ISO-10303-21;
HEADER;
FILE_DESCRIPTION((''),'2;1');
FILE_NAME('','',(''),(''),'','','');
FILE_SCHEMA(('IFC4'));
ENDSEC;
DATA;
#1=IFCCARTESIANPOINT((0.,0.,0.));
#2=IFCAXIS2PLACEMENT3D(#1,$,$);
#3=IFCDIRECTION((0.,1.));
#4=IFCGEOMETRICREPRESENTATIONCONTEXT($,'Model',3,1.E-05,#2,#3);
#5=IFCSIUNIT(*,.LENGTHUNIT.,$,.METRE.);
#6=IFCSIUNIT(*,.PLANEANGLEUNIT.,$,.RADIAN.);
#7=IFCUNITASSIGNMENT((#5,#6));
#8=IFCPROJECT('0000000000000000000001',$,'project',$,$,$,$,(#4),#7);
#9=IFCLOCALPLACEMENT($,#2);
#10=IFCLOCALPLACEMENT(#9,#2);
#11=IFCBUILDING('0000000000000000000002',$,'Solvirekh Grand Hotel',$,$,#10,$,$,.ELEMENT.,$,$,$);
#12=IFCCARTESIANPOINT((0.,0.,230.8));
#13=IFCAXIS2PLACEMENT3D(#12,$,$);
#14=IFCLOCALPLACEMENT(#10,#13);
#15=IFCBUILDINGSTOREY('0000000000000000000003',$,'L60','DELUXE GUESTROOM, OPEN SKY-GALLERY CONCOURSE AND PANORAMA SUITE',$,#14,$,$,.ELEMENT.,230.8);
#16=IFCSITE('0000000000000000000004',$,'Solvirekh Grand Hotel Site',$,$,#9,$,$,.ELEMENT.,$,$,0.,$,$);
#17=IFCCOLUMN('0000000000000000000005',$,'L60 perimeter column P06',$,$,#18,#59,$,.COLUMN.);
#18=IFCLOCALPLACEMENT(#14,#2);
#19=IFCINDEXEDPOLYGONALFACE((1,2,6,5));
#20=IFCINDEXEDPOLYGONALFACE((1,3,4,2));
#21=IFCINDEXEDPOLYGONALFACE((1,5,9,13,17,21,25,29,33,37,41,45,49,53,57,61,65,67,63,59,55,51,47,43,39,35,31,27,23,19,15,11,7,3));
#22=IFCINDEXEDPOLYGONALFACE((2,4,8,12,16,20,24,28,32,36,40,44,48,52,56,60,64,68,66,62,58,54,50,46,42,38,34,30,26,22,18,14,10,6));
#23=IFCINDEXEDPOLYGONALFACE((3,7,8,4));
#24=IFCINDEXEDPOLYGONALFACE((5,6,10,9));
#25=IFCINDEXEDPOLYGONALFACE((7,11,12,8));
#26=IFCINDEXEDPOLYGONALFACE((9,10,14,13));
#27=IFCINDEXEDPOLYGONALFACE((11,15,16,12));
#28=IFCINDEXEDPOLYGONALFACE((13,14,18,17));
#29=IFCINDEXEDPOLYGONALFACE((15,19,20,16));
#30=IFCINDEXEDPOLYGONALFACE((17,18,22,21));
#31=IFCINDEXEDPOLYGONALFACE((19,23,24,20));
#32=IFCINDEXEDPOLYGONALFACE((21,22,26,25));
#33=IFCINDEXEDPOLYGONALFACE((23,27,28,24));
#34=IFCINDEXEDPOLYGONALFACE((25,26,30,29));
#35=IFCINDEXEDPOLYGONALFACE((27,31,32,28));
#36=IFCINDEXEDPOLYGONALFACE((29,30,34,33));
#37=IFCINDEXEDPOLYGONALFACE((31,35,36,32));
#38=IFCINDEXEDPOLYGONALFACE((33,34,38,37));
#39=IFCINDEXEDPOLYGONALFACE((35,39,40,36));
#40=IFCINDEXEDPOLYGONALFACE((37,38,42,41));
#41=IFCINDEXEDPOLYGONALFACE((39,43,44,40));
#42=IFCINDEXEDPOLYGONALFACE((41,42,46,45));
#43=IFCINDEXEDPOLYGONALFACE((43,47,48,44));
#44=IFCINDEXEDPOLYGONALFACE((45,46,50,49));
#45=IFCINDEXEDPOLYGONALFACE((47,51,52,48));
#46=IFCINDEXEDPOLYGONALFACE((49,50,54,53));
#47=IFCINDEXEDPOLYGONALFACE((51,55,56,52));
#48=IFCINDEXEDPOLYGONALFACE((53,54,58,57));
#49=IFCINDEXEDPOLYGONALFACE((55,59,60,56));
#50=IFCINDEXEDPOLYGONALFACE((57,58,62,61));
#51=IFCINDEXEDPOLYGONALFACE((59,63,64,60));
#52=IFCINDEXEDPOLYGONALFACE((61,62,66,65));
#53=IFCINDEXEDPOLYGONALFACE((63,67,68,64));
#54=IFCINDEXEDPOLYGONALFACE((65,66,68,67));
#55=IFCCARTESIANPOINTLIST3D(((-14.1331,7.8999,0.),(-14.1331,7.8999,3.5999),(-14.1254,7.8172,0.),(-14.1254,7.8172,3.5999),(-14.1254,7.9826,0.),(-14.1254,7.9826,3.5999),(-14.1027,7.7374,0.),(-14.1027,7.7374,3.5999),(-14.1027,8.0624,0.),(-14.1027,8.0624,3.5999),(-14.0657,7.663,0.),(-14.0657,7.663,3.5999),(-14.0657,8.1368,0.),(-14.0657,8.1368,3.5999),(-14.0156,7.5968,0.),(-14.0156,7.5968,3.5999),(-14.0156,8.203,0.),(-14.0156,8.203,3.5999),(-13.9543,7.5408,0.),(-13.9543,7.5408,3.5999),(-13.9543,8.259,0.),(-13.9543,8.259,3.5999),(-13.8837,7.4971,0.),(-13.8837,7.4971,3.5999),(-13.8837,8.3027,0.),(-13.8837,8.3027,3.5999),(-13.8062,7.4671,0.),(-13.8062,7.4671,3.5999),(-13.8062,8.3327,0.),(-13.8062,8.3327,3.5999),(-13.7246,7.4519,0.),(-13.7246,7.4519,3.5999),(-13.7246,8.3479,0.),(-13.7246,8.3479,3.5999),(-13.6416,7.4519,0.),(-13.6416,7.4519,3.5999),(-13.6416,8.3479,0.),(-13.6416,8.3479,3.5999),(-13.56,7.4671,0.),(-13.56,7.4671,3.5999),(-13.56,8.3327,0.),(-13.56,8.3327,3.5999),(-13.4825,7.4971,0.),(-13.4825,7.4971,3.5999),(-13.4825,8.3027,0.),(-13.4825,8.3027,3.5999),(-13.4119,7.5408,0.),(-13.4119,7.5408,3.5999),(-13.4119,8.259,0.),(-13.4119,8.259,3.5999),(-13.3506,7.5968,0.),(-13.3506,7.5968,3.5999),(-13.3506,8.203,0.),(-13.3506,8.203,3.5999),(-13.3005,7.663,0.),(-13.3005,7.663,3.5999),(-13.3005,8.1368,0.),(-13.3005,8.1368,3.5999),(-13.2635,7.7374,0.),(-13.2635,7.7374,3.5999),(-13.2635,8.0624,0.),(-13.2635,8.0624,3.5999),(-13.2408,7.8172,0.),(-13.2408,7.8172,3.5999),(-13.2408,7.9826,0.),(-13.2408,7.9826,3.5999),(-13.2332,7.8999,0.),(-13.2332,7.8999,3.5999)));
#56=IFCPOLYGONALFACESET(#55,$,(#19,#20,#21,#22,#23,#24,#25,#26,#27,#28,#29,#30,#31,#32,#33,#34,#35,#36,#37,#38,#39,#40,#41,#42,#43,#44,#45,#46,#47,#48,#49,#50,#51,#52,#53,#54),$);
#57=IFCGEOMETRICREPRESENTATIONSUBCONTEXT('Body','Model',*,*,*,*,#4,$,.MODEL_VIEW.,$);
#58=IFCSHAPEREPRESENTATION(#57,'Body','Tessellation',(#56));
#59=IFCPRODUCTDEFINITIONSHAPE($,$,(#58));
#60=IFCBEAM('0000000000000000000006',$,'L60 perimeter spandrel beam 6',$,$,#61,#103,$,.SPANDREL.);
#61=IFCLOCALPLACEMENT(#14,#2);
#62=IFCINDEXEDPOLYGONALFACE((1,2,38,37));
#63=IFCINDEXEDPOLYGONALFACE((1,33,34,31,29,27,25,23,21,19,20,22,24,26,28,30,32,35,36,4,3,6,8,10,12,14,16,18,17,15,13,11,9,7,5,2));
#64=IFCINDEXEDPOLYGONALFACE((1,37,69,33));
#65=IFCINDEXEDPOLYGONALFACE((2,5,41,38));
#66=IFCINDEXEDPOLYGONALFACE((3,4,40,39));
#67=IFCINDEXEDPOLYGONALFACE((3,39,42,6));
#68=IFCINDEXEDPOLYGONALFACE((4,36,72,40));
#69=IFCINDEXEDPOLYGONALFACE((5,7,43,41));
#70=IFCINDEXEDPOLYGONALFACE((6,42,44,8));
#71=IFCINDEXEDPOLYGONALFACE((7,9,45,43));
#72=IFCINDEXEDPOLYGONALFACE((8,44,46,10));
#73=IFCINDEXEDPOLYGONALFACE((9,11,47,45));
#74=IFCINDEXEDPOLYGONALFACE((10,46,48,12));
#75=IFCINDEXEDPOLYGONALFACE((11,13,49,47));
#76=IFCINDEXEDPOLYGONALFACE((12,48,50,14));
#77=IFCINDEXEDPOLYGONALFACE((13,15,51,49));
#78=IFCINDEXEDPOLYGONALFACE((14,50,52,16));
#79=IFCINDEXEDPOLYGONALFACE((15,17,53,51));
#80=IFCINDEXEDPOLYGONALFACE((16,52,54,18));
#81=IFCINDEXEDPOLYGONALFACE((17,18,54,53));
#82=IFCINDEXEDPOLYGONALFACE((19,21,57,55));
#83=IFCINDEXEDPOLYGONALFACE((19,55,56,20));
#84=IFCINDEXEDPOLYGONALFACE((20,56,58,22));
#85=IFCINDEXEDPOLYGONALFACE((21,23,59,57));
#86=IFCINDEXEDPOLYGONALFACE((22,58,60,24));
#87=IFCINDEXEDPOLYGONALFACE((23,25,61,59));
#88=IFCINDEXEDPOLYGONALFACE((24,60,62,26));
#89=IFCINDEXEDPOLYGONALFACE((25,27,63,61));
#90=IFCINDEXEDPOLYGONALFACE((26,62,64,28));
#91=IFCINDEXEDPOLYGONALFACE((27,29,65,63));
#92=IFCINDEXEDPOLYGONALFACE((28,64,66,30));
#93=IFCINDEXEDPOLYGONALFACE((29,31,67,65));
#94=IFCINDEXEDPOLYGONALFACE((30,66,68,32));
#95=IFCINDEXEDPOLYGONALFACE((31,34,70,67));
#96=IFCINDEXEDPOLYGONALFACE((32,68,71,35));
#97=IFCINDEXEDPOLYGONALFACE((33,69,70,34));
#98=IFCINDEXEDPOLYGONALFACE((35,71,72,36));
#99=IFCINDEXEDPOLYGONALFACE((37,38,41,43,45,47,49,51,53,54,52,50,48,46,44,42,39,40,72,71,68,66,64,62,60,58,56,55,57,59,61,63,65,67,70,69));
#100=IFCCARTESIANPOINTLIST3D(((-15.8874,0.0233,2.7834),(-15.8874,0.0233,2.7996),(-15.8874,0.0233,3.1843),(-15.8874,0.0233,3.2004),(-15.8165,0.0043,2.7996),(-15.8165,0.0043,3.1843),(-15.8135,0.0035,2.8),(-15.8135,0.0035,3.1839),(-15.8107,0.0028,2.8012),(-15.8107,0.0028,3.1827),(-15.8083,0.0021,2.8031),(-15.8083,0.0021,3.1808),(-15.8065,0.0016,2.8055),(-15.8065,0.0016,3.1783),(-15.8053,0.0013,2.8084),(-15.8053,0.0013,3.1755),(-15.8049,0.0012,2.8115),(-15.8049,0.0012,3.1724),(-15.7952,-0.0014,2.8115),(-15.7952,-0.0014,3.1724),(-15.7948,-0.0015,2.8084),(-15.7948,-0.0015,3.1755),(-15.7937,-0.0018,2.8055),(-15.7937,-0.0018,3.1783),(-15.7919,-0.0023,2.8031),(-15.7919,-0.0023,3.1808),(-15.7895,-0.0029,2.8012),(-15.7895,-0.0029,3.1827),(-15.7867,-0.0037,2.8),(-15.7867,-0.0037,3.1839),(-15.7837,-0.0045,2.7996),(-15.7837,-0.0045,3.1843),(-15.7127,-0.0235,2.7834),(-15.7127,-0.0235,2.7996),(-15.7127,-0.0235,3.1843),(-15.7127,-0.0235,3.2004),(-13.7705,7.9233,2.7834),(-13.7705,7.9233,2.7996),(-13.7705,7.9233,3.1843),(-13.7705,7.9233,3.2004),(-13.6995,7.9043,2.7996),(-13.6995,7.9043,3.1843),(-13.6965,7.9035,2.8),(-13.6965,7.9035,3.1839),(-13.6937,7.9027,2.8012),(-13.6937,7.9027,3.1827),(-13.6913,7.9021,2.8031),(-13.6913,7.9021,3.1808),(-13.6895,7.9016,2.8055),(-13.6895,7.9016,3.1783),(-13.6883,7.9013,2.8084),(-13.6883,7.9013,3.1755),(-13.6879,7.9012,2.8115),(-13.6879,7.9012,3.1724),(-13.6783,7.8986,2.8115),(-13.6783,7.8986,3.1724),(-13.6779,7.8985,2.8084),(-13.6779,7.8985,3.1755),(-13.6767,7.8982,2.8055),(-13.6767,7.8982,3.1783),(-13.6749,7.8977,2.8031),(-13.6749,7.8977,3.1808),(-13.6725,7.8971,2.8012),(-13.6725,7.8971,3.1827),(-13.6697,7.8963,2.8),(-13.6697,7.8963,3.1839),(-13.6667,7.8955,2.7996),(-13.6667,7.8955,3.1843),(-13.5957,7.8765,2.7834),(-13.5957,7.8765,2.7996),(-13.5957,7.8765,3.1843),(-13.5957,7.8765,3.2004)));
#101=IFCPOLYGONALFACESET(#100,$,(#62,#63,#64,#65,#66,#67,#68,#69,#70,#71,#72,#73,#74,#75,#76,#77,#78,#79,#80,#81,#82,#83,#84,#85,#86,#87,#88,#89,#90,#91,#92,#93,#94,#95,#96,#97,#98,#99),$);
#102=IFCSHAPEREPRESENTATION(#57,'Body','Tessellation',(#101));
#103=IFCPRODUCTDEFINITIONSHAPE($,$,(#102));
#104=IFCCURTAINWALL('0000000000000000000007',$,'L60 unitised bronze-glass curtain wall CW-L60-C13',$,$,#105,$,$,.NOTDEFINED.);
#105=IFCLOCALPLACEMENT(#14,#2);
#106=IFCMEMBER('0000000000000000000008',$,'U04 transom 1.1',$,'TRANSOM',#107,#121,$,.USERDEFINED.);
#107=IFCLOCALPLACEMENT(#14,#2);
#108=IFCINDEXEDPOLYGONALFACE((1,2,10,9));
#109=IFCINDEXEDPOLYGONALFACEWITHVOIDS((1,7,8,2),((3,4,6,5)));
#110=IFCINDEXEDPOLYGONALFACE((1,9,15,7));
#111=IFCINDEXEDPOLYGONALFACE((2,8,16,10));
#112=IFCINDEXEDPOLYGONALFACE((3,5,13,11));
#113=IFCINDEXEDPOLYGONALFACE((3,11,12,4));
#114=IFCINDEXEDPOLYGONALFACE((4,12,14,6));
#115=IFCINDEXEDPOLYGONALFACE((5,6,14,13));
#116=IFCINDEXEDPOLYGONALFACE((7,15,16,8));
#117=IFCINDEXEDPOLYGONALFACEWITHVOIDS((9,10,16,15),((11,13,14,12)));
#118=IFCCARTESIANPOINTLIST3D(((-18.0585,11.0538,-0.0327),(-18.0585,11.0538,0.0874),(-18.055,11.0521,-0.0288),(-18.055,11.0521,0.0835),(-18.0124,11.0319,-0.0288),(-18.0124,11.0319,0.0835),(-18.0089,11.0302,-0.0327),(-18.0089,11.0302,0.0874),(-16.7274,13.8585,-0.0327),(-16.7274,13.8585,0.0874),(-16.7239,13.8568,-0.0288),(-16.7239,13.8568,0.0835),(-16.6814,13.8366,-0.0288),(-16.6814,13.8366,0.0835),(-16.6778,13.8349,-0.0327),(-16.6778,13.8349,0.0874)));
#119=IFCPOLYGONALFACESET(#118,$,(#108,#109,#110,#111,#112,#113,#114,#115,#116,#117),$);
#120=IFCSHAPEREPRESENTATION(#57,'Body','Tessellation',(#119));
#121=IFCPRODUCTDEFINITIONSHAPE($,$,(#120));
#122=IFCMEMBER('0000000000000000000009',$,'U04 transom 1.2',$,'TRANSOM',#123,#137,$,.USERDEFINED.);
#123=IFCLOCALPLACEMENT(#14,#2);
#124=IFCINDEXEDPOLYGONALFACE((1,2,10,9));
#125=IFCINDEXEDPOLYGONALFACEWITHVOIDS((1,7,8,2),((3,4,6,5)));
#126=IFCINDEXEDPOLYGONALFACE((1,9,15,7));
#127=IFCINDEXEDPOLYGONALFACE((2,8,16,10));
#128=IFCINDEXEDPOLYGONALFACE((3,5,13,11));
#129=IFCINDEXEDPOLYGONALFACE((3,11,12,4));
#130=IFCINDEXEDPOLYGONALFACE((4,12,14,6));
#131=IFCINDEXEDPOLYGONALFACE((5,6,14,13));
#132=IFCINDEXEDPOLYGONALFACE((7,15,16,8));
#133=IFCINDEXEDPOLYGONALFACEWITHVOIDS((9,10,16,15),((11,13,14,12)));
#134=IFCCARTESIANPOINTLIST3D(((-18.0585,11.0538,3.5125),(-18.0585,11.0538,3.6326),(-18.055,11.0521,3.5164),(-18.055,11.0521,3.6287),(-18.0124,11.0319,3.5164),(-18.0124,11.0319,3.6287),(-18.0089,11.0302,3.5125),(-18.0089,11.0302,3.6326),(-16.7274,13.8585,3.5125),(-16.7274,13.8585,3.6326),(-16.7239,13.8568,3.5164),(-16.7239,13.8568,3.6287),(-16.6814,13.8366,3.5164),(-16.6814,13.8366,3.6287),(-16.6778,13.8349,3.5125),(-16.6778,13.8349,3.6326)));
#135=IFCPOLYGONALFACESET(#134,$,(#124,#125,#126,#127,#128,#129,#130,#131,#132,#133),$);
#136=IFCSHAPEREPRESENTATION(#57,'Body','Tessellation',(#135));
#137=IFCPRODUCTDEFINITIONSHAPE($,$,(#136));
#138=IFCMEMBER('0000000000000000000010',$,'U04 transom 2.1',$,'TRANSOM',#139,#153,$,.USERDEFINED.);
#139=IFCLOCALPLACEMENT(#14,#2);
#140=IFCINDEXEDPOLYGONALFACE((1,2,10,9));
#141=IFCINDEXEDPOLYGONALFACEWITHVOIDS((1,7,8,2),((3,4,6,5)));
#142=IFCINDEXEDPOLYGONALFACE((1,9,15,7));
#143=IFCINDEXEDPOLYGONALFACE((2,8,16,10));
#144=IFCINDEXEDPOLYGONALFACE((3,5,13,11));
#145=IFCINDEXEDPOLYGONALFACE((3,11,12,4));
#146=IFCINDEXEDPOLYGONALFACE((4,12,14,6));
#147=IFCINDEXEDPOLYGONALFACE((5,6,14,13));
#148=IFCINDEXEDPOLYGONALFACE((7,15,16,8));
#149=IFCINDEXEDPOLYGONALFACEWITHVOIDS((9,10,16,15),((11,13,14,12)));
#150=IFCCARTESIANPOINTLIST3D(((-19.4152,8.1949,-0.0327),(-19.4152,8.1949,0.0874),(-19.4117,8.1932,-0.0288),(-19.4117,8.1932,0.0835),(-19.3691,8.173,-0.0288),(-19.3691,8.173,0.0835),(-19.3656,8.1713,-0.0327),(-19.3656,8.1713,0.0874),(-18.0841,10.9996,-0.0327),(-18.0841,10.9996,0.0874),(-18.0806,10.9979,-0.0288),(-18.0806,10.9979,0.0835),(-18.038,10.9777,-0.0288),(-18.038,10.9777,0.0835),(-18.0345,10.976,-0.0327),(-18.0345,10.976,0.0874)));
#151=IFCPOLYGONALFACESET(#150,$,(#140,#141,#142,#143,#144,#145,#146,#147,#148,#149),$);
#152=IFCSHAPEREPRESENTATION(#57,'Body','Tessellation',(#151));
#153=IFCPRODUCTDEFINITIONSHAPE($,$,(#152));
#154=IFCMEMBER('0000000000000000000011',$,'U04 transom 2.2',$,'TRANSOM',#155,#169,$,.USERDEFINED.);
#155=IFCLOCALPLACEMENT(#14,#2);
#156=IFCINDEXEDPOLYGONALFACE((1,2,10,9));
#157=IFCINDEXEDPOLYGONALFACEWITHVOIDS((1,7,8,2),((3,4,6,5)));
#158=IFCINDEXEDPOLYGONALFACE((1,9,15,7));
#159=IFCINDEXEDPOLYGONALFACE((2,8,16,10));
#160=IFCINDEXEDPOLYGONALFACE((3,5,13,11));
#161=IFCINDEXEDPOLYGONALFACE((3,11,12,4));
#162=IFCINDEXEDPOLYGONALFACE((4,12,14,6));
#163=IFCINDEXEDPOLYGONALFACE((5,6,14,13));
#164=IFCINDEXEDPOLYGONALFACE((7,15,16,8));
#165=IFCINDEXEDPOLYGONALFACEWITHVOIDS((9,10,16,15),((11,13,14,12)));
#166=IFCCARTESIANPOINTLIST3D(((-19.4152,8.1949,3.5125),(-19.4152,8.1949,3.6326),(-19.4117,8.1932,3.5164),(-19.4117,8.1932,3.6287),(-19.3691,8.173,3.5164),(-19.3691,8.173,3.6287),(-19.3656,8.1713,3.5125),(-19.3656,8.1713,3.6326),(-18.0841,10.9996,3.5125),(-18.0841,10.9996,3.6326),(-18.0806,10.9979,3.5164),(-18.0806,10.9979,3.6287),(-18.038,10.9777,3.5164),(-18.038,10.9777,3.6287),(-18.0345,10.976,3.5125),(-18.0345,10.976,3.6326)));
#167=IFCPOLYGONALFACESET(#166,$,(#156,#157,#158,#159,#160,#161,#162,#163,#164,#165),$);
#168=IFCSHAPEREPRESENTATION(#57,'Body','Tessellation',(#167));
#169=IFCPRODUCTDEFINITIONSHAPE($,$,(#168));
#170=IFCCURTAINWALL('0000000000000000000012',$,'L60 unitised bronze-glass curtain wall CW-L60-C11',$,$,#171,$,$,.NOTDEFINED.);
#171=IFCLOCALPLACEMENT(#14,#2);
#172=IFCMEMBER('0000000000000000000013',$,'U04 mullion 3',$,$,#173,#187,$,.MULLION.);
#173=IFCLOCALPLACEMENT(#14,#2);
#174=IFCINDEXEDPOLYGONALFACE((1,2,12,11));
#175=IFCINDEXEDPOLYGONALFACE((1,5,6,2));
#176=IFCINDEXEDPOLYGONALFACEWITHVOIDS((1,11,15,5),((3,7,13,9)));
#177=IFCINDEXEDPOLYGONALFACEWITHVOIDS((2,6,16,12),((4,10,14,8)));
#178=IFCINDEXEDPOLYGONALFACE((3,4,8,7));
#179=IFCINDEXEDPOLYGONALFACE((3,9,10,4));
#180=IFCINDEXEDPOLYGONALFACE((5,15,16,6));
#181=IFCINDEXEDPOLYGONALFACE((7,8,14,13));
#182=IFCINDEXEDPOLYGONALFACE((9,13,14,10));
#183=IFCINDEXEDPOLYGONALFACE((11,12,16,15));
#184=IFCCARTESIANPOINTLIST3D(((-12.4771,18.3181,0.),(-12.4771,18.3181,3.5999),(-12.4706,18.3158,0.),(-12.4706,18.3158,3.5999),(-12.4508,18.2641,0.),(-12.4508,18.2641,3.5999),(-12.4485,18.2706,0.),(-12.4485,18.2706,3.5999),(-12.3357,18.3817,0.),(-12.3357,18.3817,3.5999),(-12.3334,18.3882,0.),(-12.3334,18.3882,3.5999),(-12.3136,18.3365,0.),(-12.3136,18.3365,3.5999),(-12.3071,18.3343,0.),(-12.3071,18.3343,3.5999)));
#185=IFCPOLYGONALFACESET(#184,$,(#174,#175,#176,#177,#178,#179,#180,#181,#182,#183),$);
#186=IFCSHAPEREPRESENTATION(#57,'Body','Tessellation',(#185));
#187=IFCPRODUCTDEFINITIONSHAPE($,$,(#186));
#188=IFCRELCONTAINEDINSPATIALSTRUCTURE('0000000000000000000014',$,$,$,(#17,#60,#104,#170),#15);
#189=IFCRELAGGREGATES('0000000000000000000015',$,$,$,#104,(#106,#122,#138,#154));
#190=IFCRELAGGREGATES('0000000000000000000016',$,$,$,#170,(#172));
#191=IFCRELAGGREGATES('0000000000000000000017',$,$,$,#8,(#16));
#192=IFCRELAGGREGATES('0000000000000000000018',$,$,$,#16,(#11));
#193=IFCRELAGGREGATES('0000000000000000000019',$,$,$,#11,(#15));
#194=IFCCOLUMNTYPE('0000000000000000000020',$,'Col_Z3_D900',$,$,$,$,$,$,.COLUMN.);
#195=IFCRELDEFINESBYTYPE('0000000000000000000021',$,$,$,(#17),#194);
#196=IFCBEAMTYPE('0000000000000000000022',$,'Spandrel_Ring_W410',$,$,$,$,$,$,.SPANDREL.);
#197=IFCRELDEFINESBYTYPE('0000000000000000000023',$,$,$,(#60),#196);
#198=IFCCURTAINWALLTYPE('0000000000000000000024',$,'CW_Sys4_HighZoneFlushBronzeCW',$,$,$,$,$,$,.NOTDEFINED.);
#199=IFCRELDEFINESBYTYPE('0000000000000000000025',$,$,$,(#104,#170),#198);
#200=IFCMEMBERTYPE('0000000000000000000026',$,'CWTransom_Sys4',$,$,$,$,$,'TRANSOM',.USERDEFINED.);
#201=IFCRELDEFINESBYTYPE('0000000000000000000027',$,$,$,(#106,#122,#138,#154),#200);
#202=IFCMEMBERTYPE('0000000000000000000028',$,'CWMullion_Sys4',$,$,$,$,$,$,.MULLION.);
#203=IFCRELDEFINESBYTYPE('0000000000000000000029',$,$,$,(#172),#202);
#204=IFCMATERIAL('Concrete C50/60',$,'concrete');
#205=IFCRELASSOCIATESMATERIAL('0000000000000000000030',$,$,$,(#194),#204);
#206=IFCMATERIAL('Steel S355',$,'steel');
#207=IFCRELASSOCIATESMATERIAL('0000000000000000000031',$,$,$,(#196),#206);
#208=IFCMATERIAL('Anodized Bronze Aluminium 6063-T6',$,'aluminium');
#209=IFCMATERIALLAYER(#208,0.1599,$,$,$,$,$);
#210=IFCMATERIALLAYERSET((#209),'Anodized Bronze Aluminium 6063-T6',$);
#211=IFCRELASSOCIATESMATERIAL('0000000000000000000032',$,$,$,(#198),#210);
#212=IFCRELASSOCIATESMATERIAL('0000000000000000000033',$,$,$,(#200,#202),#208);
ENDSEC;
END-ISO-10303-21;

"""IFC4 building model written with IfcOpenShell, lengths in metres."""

from ifc_helpers import new_model, si_unit, direction, frame, origin, origin_2d, place, context, subcontext, project, spatial, hollow_rectangle, circle, i_section, extrude, source, transform, mapped, material, layer, layer_set, material_profile, profile_set, type_object, element, aggregate, save


model = new_model("IFC4")

# Units and contexts
model_context = context("Model", 3, precision=1e-05, world=origin(), true_north=direction((0.0, 1.0)))
body_context = subcontext(model_context, "Body", "Model", "MODEL_VIEW")
ifc_project = project(units=[si_unit("LENGTHUNIT", "METRE"), si_unit("PLANEANGLEUNIT", "RADIAN")], contexts=[model_context])

# Site, building, storey
site_placement = place(None, origin())
site = spatial("IfcSite", under=ifc_project, at=site_placement, Name="Solvirekh Grand Hotel Site", CompositionType="ELEMENT", RefElevation=0.0)
building_placement = place(site_placement, origin())
building = spatial("IfcBuilding", under=site, at=building_placement, Name="Solvirekh Grand Hotel", CompositionType="ELEMENT")
storey_placement = place(building_placement, frame((0.0, 0.0, 230.8)))
storey = spatial("IfcBuildingStorey", under=building, at=storey_placement, Name="L60", Description="DELUXE GUESTROOM, OPEN SKY-GALLERY CONCOURSE AND PANORAMA SUITE", CompositionType="ELEMENT", Elevation=230.8)

# Column
ifc_material_1 = material(Name="Concrete C50/60", Category="concrete")
ifc_material_profile_1 = material_profile(ifc_material_1, circle(Radius=0.45, at=origin_2d()), Name="RC CIRC D900")
ifc_profile_set_1 = profile_set([ifc_material_profile_1], Name="Concrete C50/60")
column_type = type_object("IfcColumnType", Name="Col_Z3_D900", PredefinedType="COLUMN", material=ifc_profile_set_1)
column_placement = place(storey_placement, frame((-13.6831, 7.8999, 0.0), z_axis=(0.0, 0.0, 1.0), x_axis=(1.0, 0.0, 0.0)))
element("IfcColumn", 1, at=column_placement, inside=storey, type_object=column_type, Name="L60 perimeter column P06", PredefinedType="COLUMN", context=body_context, shape_type="SweptSolid", body=[
    extrude(circle(Radius=0.45, at=origin_2d()), origin(), (0.0, 0.0, 1.0), 3.5999),
])

# Beam
ifc_material_2 = material(Name="Steel S355", Category="steel")
ifc_material_profile_2 = material_profile(ifc_material_2, i_section(OverallWidth=0.1809, OverallDepth=0.417, WebThickness=0.01, FlangeThickness=0.0161, FilletRadius=0.012, at=origin_2d()), Name="W410X85")
ifc_profile_set_2 = profile_set([ifc_material_profile_2], Name="Steel S355")
beam_type = type_object("IfcBeamType", Name="Spandrel_Ring_W410", PredefinedType="SPANDREL", material=ifc_profile_set_2)
beam_placement = place(storey_placement, frame((-13.6831, 7.8999, 2.9919), z_axis=(-0.258839, -0.965921, 0.0), x_axis=(0.965921, -0.258839, 0.0)))
element("IfcBeam", 2, at=beam_placement, inside=storey, type_object=beam_type, Name="L60 perimeter spandrel beam 6", PredefinedType="SPANDREL", context=body_context, shape_type="SweptSolid", body=[
    extrude(i_section(OverallWidth=0.1809, OverallDepth=0.417, WebThickness=0.01, FlangeThickness=0.0161, FilletRadius=0.012, at=origin_2d()), origin(), (0.0, 0.0, 1.0), 8.1787),
])

# Curtain wall, members
ifc_material_3 = material(Name="Anodized Bronze Aluminium 6063-T6", Category="aluminium")
ifc_layer_1 = layer(ifc_material_3, 0.1599)
ifc_layer_set_1 = layer_set([ifc_layer_1], Name="Anodized Bronze Aluminium 6063-T6")
curtain_wall_type = type_object("IfcCurtainWallType", Name="CW_Sys4_HighZoneFlushBronzeCW", PredefinedType="NOTDEFINED", material=ifc_layer_set_1)
curtain_wall_1_placement = place(storey_placement, origin())
curtain_wall_1 = element("IfcCurtainWall", 3, at=curtain_wall_1_placement, inside=storey, type_object=curtain_wall_type, Name="L60 unitised bronze-glass curtain wall CW-L60-C13", PredefinedType="NOTDEFINED")
ifc_material_profile_3 = material_profile(ifc_material_3, hollow_rectangle(XDim=0.0549, YDim=0.1201, WallThickness=0.0039, at=origin_2d()), Name="ALU RHS 120X55X4")
ifc_profile_set_3 = profile_set([ifc_material_profile_3], Name="Anodized Bronze Aluminium 6063-T6")
member_type_1 = type_object("IfcMemberType", Name="CWTransom_Sys4", ElementType="TRANSOM", PredefinedType="USERDEFINED", material=ifc_profile_set_3)
shared_shape_1 = source(origin(), body_context, "Body", "SweptSolid", [
    extrude(hollow_rectangle(XDim=0.0549, YDim=0.1201, WallThickness=0.0039, at=origin_2d()), origin(), (0.0, 0.0, 1.0), 3.1045),
])
member_1_placement = place(storey_placement, frame((-16.7026, 13.8467, 0.0273), z_axis=(-0.428749, -0.903424, 0.0), x_axis=(0.903424, -0.428749, 0.0)))
member_1 = element("IfcMember", 4, at=member_1_placement, type_object=member_type_1, Name="U04 transom 1.1", ObjectType="TRANSOM", PredefinedType="USERDEFINED", context=body_context, shape_type="MappedRepresentation", body=[
    mapped(shared_shape_1, transform((0.0, 0.0, 0.0), x_axis=(1.0, 0.0, 0.0), y_axis=(0.0, 1.0, 0.0), z_axis=(0.0, 0.0, 1.0), scale=1.0)),
])
member_2_placement = place(storey_placement, frame((-16.7026, 13.8467, 3.5725), z_axis=(-0.428749, -0.903424, 0.0), x_axis=(0.903424, -0.428749, 0.0)))
member_2 = element("IfcMember", 5, at=member_2_placement, type_object=member_type_1, Name="U04 transom 1.2", ObjectType="TRANSOM", PredefinedType="USERDEFINED", context=body_context, shape_type="MappedRepresentation", body=[
    mapped(shared_shape_1, transform((0.0, 0.0, 0.0), x_axis=(1.0, 0.0, 0.0), y_axis=(0.0, 1.0, 0.0), z_axis=(0.0, 0.0, 1.0), scale=1.0)),
])
member_3_placement = place(storey_placement, frame((-18.0593, 10.9878, 0.0273), z_axis=(-0.428749, -0.903424, 0.0), x_axis=(0.903424, -0.428749, 0.0)))
member_3 = element("IfcMember", 6, at=member_3_placement, type_object=member_type_1, Name="U04 transom 2.1", ObjectType="TRANSOM", PredefinedType="USERDEFINED", context=body_context, shape_type="MappedRepresentation", body=[
    mapped(shared_shape_1, transform((0.0, 0.0, 0.0), x_axis=(1.0, 0.0, 0.0), y_axis=(0.0, 1.0, 0.0), z_axis=(0.0, 0.0, 1.0), scale=1.0)),
])
member_4_placement = place(storey_placement, frame((-18.0593, 10.9878, 3.5725), z_axis=(-0.428749, -0.903424, 0.0), x_axis=(0.903424, -0.428749, 0.0)))
member_4 = element("IfcMember", 7, at=member_4_placement, type_object=member_type_1, Name="U04 transom 2.2", ObjectType="TRANSOM", PredefinedType="USERDEFINED", context=body_context, shape_type="MappedRepresentation", body=[
    mapped(shared_shape_1, transform((0.0, 0.0, 0.0), x_axis=(1.0, 0.0, 0.0), y_axis=(0.0, 1.0, 0.0), z_axis=(0.0, 0.0, 1.0), scale=1.0)),
])

# Curtain wall, member
curtain_wall_2_placement = place(storey_placement, origin())
curtain_wall_2 = element("IfcCurtainWall", 8, at=curtain_wall_2_placement, inside=storey, type_object=curtain_wall_type, Name="L60 unitised bronze-glass curtain wall CW-L60-C11", PredefinedType="NOTDEFINED")
ifc_material_profile_4 = material_profile(ifc_material_3, hollow_rectangle(XDim=0.0601, YDim=0.1599, WallThickness=0.0049, at=origin_2d()), Name="ALU RHS 160X60X5")
ifc_profile_set_4 = profile_set([ifc_material_profile_4], Name="Anodized Bronze Aluminium 6063-T6")
member_type_2 = type_object("IfcMemberType", Name="CWMullion_Sys4", PredefinedType="MULLION", material=ifc_profile_set_4)
shared_shape_2 = source(origin(), body_context, "Body", "SweptSolid", [
    extrude(hollow_rectangle(XDim=0.0601, YDim=0.1599, WallThickness=0.0049, at=origin_2d()), origin(), (0.0, 0.0, 1.0), 3.5999),
])
member_5_placement = place(storey_placement, frame((-12.3921, 18.3262, 0.0), z_axis=(0.0, 0.0, 1.0), x_axis=(0.438882, -0.898544, 0.0)))
member_5 = element("IfcMember", 9, at=member_5_placement, type_object=member_type_2, Name="U04 mullion 3", PredefinedType="MULLION", context=body_context, shape_type="MappedRepresentation", body=[
    mapped(shared_shape_2, transform((0.0, 0.0, 0.0), x_axis=(1.0, 0.0, 0.0), y_axis=(0.0, 1.0, 0.0), z_axis=(0.0, 0.0, 1.0), scale=1.0)),
])

aggregate(curtain_wall_1, [member_1, member_2, member_3, member_4])
aggregate(curtain_wall_2, [member_5])

save(model, "model.ifc")
